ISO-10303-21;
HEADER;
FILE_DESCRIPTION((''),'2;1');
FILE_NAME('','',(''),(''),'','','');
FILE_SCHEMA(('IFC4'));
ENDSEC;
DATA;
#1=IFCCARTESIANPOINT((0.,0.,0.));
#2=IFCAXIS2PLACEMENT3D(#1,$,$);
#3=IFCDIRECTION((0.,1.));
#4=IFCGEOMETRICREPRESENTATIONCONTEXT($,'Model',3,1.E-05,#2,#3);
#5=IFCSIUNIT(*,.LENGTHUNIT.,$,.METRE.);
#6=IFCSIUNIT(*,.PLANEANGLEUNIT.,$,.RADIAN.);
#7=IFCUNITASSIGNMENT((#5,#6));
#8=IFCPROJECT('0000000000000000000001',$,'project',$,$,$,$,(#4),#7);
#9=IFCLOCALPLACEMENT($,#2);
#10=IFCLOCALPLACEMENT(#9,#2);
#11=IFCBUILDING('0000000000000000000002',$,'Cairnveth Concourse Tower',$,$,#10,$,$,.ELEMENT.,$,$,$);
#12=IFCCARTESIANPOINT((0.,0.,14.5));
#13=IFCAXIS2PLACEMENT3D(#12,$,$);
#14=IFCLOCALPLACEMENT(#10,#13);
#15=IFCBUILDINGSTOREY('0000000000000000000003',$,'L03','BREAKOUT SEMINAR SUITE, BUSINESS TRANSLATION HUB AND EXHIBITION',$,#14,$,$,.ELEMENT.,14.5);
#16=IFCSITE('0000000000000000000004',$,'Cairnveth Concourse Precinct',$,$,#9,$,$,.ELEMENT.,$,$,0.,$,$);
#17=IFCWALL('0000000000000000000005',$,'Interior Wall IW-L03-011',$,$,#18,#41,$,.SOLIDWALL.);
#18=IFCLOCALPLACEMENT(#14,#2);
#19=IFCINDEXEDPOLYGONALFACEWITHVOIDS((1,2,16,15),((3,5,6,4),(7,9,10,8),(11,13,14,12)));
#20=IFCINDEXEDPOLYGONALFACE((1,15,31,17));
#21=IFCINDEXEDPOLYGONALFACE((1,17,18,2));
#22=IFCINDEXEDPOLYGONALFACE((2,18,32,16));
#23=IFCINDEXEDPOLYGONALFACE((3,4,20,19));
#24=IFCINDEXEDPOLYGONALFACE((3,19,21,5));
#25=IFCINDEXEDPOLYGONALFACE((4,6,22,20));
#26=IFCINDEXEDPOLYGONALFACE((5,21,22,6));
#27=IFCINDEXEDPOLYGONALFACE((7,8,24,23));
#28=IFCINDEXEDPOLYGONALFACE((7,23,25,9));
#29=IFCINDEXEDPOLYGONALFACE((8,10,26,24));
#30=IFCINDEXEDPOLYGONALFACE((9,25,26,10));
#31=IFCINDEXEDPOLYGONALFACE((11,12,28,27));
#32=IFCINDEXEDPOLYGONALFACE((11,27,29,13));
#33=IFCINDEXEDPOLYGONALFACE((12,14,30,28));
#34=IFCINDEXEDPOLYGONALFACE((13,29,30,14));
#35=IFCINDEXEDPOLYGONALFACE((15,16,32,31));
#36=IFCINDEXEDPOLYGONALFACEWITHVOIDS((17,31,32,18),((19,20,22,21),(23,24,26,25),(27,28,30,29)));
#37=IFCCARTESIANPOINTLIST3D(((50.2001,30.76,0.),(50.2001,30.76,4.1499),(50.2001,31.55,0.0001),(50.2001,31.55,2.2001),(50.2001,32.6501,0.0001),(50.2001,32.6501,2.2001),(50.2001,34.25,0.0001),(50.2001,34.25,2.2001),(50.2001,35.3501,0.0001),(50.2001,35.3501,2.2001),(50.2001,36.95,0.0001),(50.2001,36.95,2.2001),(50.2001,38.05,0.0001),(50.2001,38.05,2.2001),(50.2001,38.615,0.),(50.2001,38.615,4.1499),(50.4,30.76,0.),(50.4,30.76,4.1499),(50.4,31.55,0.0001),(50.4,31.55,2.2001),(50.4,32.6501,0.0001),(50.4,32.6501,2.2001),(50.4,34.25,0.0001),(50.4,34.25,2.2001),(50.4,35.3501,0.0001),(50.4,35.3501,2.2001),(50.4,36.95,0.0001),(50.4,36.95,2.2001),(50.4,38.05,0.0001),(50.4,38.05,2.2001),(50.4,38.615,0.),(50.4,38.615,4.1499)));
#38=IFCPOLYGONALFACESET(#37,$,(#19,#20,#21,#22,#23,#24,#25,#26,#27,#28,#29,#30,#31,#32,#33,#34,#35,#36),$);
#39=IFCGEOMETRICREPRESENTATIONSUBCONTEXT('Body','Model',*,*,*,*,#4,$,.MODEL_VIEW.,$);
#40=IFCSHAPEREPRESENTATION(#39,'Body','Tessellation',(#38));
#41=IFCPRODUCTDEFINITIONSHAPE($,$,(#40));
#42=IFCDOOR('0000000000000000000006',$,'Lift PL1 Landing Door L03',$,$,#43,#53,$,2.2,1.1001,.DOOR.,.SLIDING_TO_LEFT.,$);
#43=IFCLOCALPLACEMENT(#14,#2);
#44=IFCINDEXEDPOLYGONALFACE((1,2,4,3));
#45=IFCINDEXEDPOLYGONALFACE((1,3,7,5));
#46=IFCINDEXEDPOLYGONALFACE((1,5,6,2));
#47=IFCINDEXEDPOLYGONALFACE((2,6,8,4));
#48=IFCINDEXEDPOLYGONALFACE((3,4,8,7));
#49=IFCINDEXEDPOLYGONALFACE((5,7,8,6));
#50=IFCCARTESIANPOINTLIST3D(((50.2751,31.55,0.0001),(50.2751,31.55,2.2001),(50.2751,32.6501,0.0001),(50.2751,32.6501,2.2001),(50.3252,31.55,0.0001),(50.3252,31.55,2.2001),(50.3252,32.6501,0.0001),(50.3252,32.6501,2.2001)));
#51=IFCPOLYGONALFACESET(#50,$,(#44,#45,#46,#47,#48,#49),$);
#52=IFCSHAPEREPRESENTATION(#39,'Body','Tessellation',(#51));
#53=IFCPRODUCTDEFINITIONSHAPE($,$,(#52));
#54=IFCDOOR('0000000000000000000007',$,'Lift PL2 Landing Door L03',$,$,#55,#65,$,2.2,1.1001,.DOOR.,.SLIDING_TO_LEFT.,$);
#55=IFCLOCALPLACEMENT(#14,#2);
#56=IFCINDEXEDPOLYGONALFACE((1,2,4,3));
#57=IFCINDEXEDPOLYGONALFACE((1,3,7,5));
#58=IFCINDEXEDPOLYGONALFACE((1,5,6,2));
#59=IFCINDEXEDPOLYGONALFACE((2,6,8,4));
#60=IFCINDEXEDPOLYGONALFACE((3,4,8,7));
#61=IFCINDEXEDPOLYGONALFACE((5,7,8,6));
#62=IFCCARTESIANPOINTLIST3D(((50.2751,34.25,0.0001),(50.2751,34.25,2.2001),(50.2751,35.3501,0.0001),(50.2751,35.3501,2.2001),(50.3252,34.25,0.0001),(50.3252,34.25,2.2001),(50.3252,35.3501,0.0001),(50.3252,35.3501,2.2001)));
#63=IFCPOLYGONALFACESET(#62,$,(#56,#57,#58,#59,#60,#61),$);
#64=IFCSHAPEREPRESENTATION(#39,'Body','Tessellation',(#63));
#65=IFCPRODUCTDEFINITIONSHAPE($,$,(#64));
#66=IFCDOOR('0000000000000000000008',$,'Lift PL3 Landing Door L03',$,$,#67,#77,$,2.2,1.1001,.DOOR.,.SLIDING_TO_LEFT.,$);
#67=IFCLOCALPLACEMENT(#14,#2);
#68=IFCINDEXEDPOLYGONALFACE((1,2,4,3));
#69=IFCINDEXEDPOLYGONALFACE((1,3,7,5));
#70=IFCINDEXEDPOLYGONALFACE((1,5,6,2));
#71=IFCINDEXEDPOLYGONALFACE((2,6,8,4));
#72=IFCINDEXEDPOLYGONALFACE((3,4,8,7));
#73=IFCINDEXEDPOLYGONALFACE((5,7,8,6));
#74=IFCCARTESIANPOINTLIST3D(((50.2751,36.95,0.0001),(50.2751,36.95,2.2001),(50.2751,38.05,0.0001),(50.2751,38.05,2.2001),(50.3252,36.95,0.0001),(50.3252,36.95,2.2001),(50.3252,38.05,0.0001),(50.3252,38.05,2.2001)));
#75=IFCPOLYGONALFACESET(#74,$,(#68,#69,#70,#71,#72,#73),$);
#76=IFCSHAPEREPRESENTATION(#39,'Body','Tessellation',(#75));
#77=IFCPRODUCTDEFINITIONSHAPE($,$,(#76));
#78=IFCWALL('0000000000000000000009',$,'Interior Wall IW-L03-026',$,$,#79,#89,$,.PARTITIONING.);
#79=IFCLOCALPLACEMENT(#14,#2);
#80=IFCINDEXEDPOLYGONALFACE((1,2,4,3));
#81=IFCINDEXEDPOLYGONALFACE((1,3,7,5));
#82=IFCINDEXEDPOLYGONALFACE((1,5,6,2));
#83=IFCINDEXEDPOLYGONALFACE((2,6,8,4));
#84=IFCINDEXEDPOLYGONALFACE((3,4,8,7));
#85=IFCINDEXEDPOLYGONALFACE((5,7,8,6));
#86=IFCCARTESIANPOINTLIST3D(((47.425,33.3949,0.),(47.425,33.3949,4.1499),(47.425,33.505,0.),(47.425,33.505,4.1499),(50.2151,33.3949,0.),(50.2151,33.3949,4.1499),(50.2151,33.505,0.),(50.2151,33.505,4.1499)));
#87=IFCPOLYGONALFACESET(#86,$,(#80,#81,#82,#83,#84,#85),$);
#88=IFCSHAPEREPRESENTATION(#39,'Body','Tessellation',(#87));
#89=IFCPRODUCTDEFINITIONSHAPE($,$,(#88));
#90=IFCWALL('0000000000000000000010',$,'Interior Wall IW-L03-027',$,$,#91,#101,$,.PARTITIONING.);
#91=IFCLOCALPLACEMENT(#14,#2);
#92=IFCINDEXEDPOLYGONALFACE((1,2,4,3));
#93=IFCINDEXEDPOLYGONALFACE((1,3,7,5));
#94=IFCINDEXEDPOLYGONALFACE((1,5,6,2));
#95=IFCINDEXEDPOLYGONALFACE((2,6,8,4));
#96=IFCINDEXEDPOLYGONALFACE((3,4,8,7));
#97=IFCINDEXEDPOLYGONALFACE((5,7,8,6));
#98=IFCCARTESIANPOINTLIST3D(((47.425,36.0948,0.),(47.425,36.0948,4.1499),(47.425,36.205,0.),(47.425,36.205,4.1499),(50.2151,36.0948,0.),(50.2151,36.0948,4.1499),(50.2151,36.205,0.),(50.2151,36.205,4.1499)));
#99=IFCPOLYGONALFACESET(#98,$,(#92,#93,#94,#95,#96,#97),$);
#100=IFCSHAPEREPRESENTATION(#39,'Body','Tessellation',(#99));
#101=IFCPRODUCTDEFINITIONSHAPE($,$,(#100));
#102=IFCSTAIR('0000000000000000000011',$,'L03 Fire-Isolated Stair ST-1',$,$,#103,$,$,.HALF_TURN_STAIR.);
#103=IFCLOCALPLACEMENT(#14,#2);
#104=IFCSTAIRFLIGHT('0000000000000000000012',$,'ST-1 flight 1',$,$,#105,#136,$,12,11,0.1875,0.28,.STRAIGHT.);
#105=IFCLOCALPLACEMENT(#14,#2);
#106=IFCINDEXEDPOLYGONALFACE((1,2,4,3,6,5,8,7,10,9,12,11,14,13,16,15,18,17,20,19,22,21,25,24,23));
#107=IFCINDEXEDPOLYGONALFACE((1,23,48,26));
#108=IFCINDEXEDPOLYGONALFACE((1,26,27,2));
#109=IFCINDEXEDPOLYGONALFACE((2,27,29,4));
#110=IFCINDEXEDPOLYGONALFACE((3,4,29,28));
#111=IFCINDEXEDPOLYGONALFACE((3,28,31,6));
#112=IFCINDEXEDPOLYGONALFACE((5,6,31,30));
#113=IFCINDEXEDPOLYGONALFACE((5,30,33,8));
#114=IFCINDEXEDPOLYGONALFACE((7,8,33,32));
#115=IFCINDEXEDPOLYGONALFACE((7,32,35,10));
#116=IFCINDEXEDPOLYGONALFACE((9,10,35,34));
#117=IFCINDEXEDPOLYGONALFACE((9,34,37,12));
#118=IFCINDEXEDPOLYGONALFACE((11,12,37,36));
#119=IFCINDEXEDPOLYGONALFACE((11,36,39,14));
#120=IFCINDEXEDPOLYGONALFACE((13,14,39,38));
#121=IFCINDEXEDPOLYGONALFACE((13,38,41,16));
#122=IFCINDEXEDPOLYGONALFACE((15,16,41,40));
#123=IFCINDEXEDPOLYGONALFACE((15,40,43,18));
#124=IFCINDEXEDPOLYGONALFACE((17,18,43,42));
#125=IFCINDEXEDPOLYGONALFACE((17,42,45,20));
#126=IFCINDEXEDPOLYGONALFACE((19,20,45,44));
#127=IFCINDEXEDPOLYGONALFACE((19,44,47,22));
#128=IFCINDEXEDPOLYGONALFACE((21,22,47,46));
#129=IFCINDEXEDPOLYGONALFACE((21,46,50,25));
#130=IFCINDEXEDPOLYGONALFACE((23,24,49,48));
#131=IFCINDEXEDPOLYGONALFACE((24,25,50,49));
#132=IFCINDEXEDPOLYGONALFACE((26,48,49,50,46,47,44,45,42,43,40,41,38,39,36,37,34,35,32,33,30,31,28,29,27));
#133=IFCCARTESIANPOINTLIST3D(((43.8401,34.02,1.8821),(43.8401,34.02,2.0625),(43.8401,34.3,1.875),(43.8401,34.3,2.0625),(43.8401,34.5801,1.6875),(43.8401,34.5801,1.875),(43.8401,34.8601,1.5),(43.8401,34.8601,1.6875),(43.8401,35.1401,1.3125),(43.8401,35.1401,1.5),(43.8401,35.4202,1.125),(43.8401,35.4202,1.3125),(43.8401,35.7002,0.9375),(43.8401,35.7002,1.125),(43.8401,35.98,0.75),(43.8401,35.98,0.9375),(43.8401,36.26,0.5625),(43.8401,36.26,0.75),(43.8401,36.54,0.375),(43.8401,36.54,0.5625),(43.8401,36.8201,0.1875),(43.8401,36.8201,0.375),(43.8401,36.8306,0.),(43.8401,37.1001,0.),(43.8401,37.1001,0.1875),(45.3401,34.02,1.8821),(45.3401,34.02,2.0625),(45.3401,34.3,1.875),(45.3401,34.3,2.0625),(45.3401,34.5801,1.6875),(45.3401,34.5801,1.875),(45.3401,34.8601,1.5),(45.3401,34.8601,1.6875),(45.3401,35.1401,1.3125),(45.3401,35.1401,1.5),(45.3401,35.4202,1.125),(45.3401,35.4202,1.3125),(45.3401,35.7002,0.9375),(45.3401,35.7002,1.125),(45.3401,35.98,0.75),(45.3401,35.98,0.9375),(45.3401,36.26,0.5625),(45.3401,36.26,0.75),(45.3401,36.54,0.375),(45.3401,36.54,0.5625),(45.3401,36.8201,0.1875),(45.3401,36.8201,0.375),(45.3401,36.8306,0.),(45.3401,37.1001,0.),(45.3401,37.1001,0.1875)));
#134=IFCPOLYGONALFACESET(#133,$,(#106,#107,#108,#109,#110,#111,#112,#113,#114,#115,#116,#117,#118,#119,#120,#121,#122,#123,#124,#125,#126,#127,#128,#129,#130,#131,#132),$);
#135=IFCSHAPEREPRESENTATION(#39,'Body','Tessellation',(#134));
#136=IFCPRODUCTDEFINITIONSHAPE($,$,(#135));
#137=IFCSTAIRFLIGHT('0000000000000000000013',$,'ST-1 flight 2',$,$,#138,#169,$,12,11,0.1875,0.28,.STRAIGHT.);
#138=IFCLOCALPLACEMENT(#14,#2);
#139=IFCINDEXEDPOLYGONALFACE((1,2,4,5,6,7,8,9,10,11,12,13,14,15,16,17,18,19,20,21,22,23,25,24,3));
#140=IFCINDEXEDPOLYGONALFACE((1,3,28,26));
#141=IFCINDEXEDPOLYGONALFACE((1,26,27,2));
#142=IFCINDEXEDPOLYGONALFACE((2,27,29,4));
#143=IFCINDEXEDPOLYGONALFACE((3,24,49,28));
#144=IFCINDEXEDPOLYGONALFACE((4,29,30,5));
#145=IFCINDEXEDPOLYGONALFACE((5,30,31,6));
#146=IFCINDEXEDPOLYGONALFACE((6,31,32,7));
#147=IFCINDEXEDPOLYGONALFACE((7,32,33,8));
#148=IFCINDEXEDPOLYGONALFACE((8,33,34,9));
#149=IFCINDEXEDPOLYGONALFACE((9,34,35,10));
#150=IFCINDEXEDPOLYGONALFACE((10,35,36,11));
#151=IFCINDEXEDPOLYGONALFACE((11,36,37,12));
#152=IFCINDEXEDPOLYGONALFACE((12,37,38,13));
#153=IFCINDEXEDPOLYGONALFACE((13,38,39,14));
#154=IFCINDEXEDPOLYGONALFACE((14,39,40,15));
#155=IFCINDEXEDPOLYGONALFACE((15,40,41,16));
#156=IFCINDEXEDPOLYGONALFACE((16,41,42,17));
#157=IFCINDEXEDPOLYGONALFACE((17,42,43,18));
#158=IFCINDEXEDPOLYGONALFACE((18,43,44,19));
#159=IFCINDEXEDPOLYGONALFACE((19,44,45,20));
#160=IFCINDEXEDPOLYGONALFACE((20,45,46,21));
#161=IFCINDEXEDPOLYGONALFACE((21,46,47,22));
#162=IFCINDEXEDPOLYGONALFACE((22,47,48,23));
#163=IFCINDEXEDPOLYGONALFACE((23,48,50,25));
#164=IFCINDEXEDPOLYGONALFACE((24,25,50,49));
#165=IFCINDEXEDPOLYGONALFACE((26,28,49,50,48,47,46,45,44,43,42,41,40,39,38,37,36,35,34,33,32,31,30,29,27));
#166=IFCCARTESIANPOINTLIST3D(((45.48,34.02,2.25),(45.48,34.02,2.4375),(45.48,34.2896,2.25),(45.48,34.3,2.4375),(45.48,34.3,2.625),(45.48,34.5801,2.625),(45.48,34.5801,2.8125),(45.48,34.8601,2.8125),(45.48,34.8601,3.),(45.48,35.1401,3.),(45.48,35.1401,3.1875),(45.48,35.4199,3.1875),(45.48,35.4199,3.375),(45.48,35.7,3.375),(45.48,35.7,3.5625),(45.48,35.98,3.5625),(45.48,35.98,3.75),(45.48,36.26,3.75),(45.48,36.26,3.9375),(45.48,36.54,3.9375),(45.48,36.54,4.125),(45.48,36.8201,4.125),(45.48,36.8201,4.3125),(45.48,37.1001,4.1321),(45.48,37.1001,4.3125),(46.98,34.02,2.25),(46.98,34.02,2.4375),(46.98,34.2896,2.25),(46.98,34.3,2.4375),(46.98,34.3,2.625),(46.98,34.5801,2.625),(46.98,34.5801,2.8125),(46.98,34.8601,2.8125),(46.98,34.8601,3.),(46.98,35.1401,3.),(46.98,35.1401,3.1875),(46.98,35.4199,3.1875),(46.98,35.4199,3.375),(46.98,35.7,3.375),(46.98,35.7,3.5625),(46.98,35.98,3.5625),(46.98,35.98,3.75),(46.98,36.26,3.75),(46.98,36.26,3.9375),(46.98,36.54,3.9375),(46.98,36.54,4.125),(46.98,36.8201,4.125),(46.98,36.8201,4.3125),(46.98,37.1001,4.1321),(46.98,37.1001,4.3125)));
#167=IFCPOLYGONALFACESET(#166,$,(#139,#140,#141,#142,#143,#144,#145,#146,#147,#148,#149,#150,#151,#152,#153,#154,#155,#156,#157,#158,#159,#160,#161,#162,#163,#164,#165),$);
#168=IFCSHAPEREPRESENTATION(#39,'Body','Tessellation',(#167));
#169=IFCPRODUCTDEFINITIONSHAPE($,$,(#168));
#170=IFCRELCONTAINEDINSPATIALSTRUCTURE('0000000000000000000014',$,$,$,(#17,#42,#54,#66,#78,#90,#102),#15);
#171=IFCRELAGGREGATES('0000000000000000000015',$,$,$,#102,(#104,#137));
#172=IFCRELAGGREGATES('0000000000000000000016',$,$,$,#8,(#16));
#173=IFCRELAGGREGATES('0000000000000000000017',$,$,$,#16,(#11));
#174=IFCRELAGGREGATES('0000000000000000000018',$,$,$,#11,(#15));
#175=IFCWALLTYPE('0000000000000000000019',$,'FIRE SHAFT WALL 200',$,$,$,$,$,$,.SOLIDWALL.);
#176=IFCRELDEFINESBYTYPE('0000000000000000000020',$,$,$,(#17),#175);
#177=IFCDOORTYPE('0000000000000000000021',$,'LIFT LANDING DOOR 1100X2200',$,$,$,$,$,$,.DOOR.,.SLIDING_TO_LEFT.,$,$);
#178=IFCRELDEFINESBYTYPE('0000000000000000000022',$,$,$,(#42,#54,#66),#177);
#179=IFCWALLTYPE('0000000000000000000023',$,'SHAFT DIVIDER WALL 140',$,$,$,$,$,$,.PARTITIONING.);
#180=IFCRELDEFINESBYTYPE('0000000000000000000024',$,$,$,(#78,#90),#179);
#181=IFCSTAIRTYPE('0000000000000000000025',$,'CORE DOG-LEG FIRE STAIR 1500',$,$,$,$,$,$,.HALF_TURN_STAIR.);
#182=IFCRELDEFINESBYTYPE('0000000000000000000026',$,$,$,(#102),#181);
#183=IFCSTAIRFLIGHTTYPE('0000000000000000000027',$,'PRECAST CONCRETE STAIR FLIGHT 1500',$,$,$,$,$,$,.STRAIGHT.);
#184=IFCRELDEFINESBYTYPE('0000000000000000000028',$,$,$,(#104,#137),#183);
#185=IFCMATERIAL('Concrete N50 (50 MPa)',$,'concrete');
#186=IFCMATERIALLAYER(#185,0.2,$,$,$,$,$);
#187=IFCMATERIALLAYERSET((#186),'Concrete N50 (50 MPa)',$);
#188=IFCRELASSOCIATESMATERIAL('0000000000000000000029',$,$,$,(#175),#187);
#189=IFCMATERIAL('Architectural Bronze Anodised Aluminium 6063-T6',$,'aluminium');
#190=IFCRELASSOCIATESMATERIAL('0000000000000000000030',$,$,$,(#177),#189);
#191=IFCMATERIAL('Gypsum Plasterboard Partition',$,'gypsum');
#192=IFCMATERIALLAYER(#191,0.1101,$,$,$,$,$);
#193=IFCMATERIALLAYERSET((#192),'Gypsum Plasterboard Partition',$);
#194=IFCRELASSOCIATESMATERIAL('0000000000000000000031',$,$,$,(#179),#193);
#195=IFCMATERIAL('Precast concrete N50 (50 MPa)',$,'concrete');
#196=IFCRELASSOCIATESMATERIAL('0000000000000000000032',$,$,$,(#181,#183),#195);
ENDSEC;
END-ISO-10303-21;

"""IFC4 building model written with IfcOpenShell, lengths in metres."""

from ifc_helpers import new_model, si_unit, direction, frame, frame_2d, origin, place, context, subcontext, project, spatial, polyline, rectangle, outline, extrude, material, layer, layer_set, type_object, element, fill, aggregate, save


model = new_model("IFC4")

# Units and contexts
model_context = context("Model", 3, precision=1e-05, world=origin(), true_north=direction((0.0, 1.0)))
body_context = subcontext(model_context, "Body", "Model", "MODEL_VIEW")
ifc_project = project(units=[si_unit("LENGTHUNIT", "METRE"), si_unit("PLANEANGLEUNIT", "RADIAN")], contexts=[model_context])

# Site, building, storey
site_placement = place(None, origin())
site = spatial("IfcSite", under=ifc_project, at=site_placement, Name="Cairnveth Concourse Precinct", CompositionType="ELEMENT", RefElevation=0.0)
building_placement = place(site_placement, origin())
building = spatial("IfcBuilding", under=site, at=building_placement, Name="Cairnveth Concourse Tower", CompositionType="ELEMENT")
storey_placement = place(building_placement, frame((0.0, 0.0, 14.5)))
storey = spatial("IfcBuildingStorey", under=building, at=storey_placement, Name="L03", Description="BREAKOUT SEMINAR SUITE, BUSINESS TRANSLATION HUB AND EXHIBITION", CompositionType="ELEMENT", Elevation=14.5)

# Shared definitions
ifc_material_1 = material(Name="Architectural Bronze Anodised Aluminium 6063-T6", Category="aluminium")

# Shared definitions
ifc_material_2 = material(Name="Concrete N50 (50 MPa)", Category="concrete")
ifc_layer_1 = layer(ifc_material_2, 0.2)
ifc_layer_set_1 = layer_set([ifc_layer_1], Name="Concrete N50 (50 MPa)")
wall_type_1 = type_object("IfcWallType", Name="FIRE SHAFT WALL 200", PredefinedType="SOLIDWALL", material=ifc_layer_set_1)

# Wall, openings, doors
wall_1_placement = place(storey_placement, frame((50.3, 30.76, 0.0), z_axis=(0.0, 0.0, 1.0), x_axis=(0.0, 1.0, 0.0)))
wall_1 = element("IfcWall", 1, at=wall_1_placement, inside=storey, type_object=wall_type_1, Name="Interior Wall IW-L03-011", PredefinedType="SOLIDWALL", context=body_context, shape_type="SweptSolid", body=[
    extrude(rectangle(XDim=7.855, YDim=0.2, at=frame_2d((3.9275, 0.0))), origin(), (0.0, 0.0, 1.0), 4.1499),
])
opening_1_placement = place(wall_1_placement, frame((0.79, 0.0, 0.0)))
opening_1 = element("IfcOpeningElement", 2, at=opening_1_placement, cuts=wall_1, PredefinedType="OPENING", context=body_context, shape_type="SweptSolid", body=[
    extrude(rectangle(XDim=1.1001, YDim=2.2, at=frame_2d((0.55, 1.1001))), frame((0.0, 0.1099, 0.0), z_axis=(0.0, -1.0, 0.0), x_axis=(1.0, 0.0, 0.0)), (0.0, 0.0, 1.0), 0.22),
])
opening_2_placement = place(wall_1_placement, frame((3.49, 0.0, 0.0)))
opening_2 = element("IfcOpeningElement", 3, at=opening_2_placement, cuts=wall_1, PredefinedType="OPENING", context=body_context, shape_type="SweptSolid", body=[
    extrude(rectangle(XDim=1.1001, YDim=2.2, at=frame_2d((0.55, 1.1001))), frame((0.0, 0.1099, 0.0), z_axis=(0.0, -1.0, 0.0), x_axis=(1.0, 0.0, 0.0)), (0.0, 0.0, 1.0), 0.22),
])
opening_3_placement = place(wall_1_placement, frame((6.1899, 0.0, 0.0)))
opening_3 = element("IfcOpeningElement", 4, at=opening_3_placement, cuts=wall_1, PredefinedType="OPENING", context=body_context, shape_type="SweptSolid", body=[
    extrude(rectangle(XDim=1.1001, YDim=2.2, at=frame_2d((0.55, 1.1001))), frame((0.0, 0.1099, 0.0), z_axis=(0.0, -1.0, 0.0), x_axis=(1.0, 0.0, 0.0)), (0.0, 0.0, 1.0), 0.22),
])
door_type = type_object("IfcDoorType", Name="LIFT LANDING DOOR 1100X2200", OperationType="SLIDING_TO_LEFT", PredefinedType="DOOR", material=ifc_material_1)
door_1_placement = place(opening_1_placement, origin())
door_1 = element("IfcDoor", 5, at=door_1_placement, inside=storey, type_object=door_type, Name="Lift PL1 Landing Door L03", OperationType="SLIDING_TO_LEFT", OverallHeight=2.2, OverallWidth=1.1001, PredefinedType="DOOR", context=body_context, shape_type="SweptSolid", body=[
    extrude(rectangle(XDim=1.1001, YDim=2.2, at=frame_2d((0.55, 1.1001))), frame((0.0, 0.0249, 0.0), z_axis=(0.0, -1.0, 0.0), x_axis=(1.0, 0.0, 0.0)), (0.0, 0.0, 1.0), 0.05),
])
fill(opening_1, door_1)
door_2_placement = place(opening_2_placement, origin())
door_2 = element("IfcDoor", 6, at=door_2_placement, inside=storey, type_object=door_type, Name="Lift PL2 Landing Door L03", OperationType="SLIDING_TO_LEFT", OverallHeight=2.2, OverallWidth=1.1001, PredefinedType="DOOR", context=body_context, shape_type="SweptSolid", body=[
    extrude(rectangle(XDim=1.1001, YDim=2.2, at=frame_2d((0.55, 1.1001))), frame((0.0, 0.0249, 0.0), z_axis=(0.0, -1.0, 0.0), x_axis=(1.0, 0.0, 0.0)), (0.0, 0.0, 1.0), 0.05),
])
fill(opening_2, door_2)
door_3_placement = place(opening_3_placement, origin())
door_3 = element("IfcDoor", 7, at=door_3_placement, inside=storey, type_object=door_type, Name="Lift PL3 Landing Door L03", OperationType="SLIDING_TO_LEFT", OverallHeight=2.2, OverallWidth=1.1001, PredefinedType="DOOR", context=body_context, shape_type="SweptSolid", body=[
    extrude(rectangle(XDim=1.1001, YDim=2.2, at=frame_2d((0.55, 1.1001))), frame((0.0, 0.0249, 0.0), z_axis=(0.0, -1.0, 0.0), x_axis=(1.0, 0.0, 0.0)), (0.0, 0.0, 1.0), 0.05),
])
fill(opening_3, door_3)

# Walls
ifc_material_3 = material(Name="Gypsum Plasterboard Partition", Category="gypsum")
ifc_layer_2 = layer(ifc_material_3, 0.1101)
ifc_layer_set_2 = layer_set([ifc_layer_2], Name="Gypsum Plasterboard Partition")
wall_type_2 = type_object("IfcWallType", Name="SHAFT DIVIDER WALL 140", PredefinedType="PARTITIONING", material=ifc_layer_set_2)
for number, where, z_axis, x_axis, name in (
    (8, (47.425, 33.45, 0.0), (0.0, 0.0, 1.0), (1.0, 0.0, 0.0), "Interior Wall IW-L03-026"),
    (9, (47.425, 36.1499, 0.0), (0.0, 0.0, 1.0), (1.0, 0.0, 0.0), "Interior Wall IW-L03-027"),
):
    element("IfcWall", number, at=place(storey_placement, frame(where, z_axis=z_axis, x_axis=x_axis)), inside=storey, type_object=wall_type_2, Name=name, PredefinedType="PARTITIONING", context=body_context, shape_type="SweptSolid", body=[
        extrude(rectangle(XDim=2.79, YDim=0.1101, at=frame_2d((1.395, 0.0))), origin(), (0.0, 0.0, 1.0), 4.1499),
    ])

# Stair, stair flights
ifc_material_4 = material(Name="Precast concrete N50 (50 MPa)", Category="concrete")
stair_type = type_object("IfcStairType", Name="CORE DOG-LEG FIRE STAIR 1500", PredefinedType="HALF_TURN_STAIR", material=ifc_material_4)
stair_placement = place(storey_placement, origin())
stair = element("IfcStair", 10, at=stair_placement, inside=storey, type_object=stair_type, Name="L03 Fire-Isolated Stair ST-1", PredefinedType="HALF_TURN_STAIR")
stair_flight_type = type_object("IfcStairFlightType", Name="PRECAST CONCRETE STAIR FLIGHT 1500", PredefinedType="STRAIGHT", material=ifc_material_4)
stair_flight_1_placement = place(storey_placement, frame((44.5901, 37.1001, 0.0), z_axis=(0.0, 0.0, 1.0), x_axis=(0.0, -1.0, 0.0)))
stair_flight_1 = element("IfcStairFlight", 11, at=stair_flight_1_placement, type_object=stair_flight_type, Name="ST-1 flight 1", NumberOfRisers=12, NumberOfTreads=11, PredefinedType="STRAIGHT", RiserHeight=0.1875, TreadLength=0.28, context=body_context, shape_type="SweptSolid", body=[
    extrude(outline(polyline([(0.0, 0.0), (0.0, 0.1875), (0.28, 0.1875), (0.28, 0.375), (0.5601, 0.375), (0.5601, 0.5625), (0.8401, 0.5625), (0.8401, 0.75), (1.1201, 0.75), (1.1201, 0.9375), (1.3999, 0.9375), (1.3999, 1.125), (1.6799, 1.125), (1.6799, 1.3125), (1.96, 1.3125), (1.96, 1.5), (2.24, 1.5), (2.24, 1.6875), (2.52, 1.6875), (2.52, 1.875), (2.8, 1.875), (2.8, 2.0625), (3.0801, 2.0625), (3.0801, 2.25), (3.0801, 1.8821), (0.2695, 0.0), (0.0, 0.0)])), frame((0.0, 0.75, 0.0), z_axis=(0.0, -1.0, 0.0), x_axis=(1.0, 0.0, 0.0)), (0.0, 0.0, 1.0), 1.5),
])
stair_flight_2_placement = place(storey_placement, frame((46.23, 34.02, 2.25), z_axis=(0.0, 0.0, 1.0), x_axis=(0.0, 1.0, 0.0)))
stair_flight_2 = element("IfcStairFlight", 12, at=stair_flight_2_placement, type_object=stair_flight_type, Name="ST-1 flight 2", NumberOfRisers=12, NumberOfTreads=11, PredefinedType="STRAIGHT", RiserHeight=0.1875, TreadLength=0.28, context=body_context, shape_type="SweptSolid", body=[
    extrude(outline(polyline([(0.0, 0.0), (0.0, 0.1875), (0.28, 0.1875), (0.28, 0.375), (0.5601, 0.375), (0.5601, 0.5625), (0.8401, 0.5625), (0.8401, 0.75), (1.1201, 0.75), (1.1201, 0.9375), (1.3999, 0.9375), (1.3999, 1.125), (1.6799, 1.125), (1.6799, 1.3125), (1.96, 1.3125), (1.96, 1.5), (2.24, 1.5), (2.24, 1.6875), (2.52, 1.6875), (2.52, 1.875), (2.8, 1.875), (2.8, 2.0625), (3.0801, 2.0625), (3.0801, 2.25), (3.0801, 1.8821), (0.2695, 0.0), (0.0, 0.0)])), frame((0.0, 0.75, 0.0), z_axis=(0.0, -1.0, 0.0), x_axis=(1.0, 0.0, 0.0)), (0.0, 0.0, 1.0), 1.5),
])
aggregate(stair, [stair_flight_1, stair_flight_2])

save(model, "model.ifc")
